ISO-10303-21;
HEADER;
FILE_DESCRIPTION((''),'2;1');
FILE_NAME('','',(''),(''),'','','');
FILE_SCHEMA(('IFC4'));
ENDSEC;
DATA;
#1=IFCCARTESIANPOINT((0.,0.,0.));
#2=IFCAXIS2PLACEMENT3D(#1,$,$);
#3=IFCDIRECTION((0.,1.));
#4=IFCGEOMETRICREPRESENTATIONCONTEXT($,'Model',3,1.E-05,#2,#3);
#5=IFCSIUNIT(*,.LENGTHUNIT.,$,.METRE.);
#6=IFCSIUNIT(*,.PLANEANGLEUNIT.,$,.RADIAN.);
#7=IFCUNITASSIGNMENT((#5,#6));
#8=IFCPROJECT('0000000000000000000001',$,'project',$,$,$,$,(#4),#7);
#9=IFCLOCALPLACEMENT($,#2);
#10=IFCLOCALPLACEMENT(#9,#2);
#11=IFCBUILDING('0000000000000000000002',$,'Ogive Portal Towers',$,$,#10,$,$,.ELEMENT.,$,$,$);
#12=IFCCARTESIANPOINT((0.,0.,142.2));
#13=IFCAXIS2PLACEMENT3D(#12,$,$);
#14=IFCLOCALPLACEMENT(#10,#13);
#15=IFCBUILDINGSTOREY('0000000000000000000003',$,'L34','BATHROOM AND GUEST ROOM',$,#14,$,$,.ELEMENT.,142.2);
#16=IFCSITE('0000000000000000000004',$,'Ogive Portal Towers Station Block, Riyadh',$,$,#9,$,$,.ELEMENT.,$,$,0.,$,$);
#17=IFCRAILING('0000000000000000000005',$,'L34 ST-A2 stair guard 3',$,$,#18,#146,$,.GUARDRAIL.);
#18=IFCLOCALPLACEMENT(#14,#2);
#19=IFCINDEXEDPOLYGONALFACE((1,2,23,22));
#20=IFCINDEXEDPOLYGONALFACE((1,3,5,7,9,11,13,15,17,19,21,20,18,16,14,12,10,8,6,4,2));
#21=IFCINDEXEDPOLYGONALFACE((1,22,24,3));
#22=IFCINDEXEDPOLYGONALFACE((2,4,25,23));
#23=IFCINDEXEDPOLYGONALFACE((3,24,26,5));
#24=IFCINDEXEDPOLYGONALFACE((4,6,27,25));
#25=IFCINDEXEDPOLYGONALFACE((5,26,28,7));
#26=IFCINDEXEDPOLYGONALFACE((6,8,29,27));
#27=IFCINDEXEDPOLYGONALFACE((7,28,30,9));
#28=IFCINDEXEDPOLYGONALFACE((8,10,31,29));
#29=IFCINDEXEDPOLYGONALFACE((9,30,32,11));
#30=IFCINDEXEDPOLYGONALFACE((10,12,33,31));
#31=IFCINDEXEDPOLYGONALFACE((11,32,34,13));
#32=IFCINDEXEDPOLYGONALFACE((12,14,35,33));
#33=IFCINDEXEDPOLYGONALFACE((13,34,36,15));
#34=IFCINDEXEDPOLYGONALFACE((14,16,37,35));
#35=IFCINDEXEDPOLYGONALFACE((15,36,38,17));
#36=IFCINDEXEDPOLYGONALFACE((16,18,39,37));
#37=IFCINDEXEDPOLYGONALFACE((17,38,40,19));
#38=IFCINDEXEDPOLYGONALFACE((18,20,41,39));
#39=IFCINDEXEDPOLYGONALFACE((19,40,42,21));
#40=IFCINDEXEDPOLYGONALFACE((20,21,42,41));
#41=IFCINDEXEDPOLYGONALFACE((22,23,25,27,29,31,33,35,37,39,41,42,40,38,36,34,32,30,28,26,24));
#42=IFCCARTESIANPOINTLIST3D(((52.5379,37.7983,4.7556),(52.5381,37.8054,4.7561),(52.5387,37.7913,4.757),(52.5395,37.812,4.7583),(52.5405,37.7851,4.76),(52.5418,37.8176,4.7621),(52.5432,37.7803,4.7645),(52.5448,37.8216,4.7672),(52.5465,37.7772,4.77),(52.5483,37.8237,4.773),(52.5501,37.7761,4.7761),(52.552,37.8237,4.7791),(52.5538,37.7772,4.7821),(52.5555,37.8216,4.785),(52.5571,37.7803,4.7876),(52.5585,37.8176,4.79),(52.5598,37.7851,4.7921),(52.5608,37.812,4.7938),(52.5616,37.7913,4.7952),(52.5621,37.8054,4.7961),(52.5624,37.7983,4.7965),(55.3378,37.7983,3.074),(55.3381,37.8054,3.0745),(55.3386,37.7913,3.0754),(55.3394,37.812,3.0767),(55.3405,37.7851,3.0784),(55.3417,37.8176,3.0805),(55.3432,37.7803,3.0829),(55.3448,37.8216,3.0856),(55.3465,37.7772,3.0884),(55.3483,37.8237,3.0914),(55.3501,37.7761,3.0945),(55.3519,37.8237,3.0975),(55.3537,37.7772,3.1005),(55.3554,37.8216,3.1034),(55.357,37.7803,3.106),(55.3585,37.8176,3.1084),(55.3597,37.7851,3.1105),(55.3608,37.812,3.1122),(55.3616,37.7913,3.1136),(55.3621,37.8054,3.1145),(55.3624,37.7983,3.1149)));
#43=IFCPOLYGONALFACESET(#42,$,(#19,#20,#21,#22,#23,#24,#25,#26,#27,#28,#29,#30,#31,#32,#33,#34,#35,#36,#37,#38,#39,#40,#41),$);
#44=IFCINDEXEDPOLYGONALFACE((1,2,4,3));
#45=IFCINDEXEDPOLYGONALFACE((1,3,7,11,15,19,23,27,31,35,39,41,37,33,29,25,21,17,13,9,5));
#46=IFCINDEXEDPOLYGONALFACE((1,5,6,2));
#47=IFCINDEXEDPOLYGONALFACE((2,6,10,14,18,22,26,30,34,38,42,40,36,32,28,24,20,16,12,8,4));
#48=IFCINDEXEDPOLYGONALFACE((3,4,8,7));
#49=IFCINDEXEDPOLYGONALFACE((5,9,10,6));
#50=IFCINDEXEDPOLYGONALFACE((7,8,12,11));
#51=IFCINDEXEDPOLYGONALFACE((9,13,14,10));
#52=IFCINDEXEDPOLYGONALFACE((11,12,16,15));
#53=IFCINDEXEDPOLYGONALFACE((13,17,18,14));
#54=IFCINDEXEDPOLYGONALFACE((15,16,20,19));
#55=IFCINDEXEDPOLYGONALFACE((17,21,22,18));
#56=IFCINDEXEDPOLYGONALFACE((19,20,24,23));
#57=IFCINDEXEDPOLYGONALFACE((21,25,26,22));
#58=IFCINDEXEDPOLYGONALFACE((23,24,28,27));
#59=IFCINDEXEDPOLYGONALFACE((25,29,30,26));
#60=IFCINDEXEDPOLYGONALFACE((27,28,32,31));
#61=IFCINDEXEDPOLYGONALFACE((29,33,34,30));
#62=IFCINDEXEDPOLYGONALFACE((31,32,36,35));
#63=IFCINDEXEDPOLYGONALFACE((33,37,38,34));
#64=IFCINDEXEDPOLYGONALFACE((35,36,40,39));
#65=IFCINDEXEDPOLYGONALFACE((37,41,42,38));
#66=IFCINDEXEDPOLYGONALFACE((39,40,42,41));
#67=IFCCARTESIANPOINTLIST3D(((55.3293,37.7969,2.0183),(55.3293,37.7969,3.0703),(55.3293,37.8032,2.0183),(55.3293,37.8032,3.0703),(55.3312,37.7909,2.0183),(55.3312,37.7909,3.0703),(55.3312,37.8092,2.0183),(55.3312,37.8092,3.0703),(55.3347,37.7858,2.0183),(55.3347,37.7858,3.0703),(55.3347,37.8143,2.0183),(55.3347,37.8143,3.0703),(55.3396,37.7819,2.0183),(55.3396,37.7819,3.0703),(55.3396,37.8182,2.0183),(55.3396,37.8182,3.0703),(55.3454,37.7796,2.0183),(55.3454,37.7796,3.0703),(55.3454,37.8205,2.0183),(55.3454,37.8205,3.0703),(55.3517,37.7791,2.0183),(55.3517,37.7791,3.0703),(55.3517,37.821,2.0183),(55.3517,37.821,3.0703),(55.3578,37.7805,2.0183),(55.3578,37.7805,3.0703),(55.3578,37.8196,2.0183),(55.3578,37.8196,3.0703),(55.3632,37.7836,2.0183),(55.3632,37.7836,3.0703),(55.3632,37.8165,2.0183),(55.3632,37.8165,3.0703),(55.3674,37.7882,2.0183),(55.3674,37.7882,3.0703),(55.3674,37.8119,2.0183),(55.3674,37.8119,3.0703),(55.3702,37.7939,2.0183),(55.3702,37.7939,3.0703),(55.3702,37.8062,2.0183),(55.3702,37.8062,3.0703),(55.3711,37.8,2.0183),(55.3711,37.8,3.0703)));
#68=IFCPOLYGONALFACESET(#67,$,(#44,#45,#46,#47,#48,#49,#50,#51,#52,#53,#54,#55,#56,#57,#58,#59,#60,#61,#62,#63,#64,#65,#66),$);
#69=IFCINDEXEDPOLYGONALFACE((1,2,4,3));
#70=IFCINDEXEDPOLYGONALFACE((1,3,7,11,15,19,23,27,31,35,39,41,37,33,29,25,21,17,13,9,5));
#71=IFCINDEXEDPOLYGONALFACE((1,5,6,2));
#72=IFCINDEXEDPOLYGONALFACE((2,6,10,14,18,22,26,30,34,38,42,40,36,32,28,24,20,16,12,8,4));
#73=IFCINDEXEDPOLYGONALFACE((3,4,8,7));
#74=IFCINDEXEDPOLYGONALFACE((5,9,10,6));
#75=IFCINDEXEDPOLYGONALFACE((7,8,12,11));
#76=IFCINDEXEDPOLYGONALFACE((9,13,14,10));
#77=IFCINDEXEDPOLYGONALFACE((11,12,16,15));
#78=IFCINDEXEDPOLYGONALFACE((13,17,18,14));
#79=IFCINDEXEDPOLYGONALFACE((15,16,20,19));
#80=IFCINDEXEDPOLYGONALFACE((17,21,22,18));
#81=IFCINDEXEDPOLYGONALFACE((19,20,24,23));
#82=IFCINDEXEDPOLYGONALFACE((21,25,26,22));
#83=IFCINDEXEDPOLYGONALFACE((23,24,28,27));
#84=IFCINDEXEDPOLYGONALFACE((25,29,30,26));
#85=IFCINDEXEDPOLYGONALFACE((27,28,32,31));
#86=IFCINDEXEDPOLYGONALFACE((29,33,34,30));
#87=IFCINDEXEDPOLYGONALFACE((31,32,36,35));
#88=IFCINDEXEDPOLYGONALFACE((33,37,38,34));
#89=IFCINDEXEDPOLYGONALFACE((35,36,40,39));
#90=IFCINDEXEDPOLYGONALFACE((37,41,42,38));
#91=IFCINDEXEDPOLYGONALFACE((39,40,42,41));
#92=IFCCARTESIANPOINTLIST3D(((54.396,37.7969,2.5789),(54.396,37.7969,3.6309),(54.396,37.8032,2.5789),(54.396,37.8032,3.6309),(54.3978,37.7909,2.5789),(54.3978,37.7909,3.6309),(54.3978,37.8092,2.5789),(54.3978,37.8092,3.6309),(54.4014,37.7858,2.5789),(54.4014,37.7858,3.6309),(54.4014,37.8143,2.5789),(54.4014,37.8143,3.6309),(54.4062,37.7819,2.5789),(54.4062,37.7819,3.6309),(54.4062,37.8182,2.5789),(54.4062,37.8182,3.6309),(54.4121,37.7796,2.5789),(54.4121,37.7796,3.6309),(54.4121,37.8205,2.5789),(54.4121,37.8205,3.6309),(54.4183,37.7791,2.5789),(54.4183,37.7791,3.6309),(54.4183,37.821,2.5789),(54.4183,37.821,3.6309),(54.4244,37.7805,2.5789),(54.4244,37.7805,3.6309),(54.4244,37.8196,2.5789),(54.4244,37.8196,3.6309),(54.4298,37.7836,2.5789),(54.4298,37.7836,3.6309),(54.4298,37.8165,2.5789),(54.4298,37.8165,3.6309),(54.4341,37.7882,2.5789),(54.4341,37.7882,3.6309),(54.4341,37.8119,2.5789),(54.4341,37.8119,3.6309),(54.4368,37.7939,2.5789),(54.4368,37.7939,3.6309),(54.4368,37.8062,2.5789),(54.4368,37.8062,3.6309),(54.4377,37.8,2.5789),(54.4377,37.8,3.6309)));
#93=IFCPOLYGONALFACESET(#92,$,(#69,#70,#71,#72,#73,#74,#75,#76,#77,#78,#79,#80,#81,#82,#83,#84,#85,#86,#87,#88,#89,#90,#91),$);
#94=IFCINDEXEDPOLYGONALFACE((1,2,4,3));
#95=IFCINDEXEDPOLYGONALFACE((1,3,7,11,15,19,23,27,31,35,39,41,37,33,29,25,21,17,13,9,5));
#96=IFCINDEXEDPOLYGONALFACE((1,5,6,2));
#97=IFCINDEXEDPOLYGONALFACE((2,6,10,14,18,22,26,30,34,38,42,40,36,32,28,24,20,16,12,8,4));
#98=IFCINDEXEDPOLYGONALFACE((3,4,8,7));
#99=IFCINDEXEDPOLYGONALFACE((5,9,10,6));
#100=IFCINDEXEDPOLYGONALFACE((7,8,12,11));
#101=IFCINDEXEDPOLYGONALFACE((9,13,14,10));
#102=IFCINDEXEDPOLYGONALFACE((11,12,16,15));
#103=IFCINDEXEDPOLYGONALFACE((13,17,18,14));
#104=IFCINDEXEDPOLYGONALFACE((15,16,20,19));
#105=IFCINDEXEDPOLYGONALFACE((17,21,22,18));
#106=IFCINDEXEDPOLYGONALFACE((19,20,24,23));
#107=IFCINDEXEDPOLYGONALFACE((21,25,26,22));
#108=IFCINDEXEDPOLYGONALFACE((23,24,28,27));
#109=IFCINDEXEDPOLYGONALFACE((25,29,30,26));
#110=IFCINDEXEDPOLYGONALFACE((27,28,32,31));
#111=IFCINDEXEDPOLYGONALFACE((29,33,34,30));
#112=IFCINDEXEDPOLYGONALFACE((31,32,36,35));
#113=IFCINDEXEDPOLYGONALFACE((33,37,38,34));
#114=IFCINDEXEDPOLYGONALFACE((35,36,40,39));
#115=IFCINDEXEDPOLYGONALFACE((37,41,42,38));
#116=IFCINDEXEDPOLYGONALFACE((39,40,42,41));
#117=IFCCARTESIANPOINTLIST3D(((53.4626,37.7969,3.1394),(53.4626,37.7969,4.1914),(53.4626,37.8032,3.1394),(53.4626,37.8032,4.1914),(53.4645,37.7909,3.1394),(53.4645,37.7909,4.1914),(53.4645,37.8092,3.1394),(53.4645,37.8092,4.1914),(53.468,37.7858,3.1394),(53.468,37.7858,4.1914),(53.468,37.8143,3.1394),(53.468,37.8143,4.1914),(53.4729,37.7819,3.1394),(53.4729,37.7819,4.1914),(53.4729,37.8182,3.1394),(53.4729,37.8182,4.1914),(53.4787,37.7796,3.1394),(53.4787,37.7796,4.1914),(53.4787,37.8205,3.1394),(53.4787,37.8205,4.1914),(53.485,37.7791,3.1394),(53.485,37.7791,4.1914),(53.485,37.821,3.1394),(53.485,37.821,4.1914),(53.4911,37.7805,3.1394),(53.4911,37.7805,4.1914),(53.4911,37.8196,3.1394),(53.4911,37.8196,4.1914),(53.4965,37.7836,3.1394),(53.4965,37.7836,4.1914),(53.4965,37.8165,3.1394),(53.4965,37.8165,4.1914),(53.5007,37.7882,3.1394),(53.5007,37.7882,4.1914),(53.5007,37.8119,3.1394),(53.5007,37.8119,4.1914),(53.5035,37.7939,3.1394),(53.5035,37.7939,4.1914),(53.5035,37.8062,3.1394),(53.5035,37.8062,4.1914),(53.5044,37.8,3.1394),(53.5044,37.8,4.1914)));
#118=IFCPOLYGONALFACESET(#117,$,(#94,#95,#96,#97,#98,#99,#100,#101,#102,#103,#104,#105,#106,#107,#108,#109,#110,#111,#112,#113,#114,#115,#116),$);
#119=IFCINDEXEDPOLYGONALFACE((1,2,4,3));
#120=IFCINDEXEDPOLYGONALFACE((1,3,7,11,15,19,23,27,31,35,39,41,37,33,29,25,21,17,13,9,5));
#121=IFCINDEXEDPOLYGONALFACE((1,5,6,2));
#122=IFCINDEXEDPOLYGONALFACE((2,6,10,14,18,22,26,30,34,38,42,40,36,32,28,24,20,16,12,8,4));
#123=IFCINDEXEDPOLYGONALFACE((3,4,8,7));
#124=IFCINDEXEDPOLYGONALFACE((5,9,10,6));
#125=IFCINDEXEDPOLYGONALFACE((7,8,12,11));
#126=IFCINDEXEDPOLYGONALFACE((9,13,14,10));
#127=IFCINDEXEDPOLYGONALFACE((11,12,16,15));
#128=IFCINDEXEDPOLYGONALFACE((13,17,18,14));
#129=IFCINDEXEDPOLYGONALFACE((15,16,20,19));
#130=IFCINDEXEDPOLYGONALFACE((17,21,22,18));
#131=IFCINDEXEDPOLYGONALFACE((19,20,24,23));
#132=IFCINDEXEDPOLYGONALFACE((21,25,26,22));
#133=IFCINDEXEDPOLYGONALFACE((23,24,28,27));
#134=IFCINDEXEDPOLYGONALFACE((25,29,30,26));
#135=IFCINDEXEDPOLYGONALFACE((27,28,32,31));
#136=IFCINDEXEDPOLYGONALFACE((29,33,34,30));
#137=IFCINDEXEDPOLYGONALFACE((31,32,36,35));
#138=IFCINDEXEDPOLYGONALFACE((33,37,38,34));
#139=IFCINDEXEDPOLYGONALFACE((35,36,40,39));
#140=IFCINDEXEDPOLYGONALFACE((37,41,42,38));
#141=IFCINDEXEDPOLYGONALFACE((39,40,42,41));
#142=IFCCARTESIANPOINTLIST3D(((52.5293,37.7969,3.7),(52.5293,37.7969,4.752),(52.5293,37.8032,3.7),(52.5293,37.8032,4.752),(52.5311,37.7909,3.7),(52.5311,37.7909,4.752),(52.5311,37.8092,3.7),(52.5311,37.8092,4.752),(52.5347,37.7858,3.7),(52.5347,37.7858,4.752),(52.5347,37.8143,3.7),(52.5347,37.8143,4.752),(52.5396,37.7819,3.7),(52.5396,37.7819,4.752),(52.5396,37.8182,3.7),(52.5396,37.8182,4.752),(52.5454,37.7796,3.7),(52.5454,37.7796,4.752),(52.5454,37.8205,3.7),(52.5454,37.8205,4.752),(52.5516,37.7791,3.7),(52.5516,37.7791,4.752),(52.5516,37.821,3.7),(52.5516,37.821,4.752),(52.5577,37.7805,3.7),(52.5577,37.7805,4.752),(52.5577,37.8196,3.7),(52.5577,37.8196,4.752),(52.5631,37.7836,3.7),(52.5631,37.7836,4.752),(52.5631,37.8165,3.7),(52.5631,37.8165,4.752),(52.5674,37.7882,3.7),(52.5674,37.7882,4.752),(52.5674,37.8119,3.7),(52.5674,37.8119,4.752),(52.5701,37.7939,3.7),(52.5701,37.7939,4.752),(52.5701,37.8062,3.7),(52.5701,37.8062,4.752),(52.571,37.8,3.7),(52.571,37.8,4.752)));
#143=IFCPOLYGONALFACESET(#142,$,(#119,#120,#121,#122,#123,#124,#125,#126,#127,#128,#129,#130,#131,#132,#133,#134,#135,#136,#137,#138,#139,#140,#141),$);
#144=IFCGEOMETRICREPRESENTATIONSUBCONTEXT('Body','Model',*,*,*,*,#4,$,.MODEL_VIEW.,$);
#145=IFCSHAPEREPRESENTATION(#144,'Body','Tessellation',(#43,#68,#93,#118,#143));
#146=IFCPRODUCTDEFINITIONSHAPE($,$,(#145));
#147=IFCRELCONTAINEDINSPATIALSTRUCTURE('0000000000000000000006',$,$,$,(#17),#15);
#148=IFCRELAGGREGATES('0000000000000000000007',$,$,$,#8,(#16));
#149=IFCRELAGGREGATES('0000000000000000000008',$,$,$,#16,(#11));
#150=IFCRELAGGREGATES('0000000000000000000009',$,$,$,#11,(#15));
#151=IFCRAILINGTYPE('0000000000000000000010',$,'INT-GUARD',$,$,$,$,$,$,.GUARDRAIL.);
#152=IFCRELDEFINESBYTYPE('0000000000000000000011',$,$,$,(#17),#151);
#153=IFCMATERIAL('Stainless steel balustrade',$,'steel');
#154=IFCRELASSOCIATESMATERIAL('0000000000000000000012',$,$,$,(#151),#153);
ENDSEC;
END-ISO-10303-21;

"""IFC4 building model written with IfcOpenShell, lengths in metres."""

from ifc_helpers import new_model, si_unit, direction, frame, origin, origin_2d, place, context, subcontext, project, spatial, circle, extrude, material, type_object, element, save


model = new_model("IFC4")

# Units and contexts
model_context = context("Model", 3, precision=1e-05, world=origin(), true_north=direction((0.0, 1.0)))
body_context = subcontext(model_context, "Body", "Model", "MODEL_VIEW")
ifc_project = project(units=[si_unit("LENGTHUNIT", "METRE"), si_unit("PLANEANGLEUNIT", "RADIAN")], contexts=[model_context])

# Site, building, storey
site_placement = place(None, origin())
site = spatial("IfcSite", under=ifc_project, at=site_placement, Name="Ogive Portal Towers Station Block, Riyadh", CompositionType="ELEMENT", RefElevation=0.0)
building_placement = place(site_placement, origin())
building = spatial("IfcBuilding", under=site, at=building_placement, Name="Ogive Portal Towers", CompositionType="ELEMENT")
storey_placement = place(building_placement, frame((0.0, 0.0, 142.2)))
storey = spatial("IfcBuildingStorey", under=building, at=storey_placement, Name="L34", Description="BATHROOM AND GUEST ROOM", CompositionType="ELEMENT", Elevation=142.2)

# Railing
ifc_material_1 = material(Name="Stainless steel balustrade", Category="steel")
railing_type_1 = type_object("IfcRailingType", Name="INT-GUARD", PredefinedType="GUARDRAIL", material=ifc_material_1)
railing_1_placement = place(storey_placement, frame((55.3501, 37.8, 2.0183)))
element("IfcRailing", 1, at=railing_1_placement, inside=storey, type_object=railing_type_1, Name="L34 ST-A2 stair guard 3", PredefinedType="GUARDRAIL", context=body_context, shape_type="SweptSolid", body=[
    extrude(circle(Radius=0.0239, at=origin_2d()), frame((0.0, 0.0, 1.0762), z_axis=(-0.857275, 0.0, 0.514858), x_axis=(0.0, -1.0, 0.0)), (0.0, 0.0, 1.0), 3.2661),
    extrude(circle(Radius=0.021, at=origin_2d()), origin(), (0.0, 0.0, 1.0), 1.052),
    extrude(circle(Radius=0.021, at=origin_2d()), frame((-0.9333, 0.0, 0.5605)), (0.0, 0.0, 1.0), 1.052),
    extrude(circle(Radius=0.021, at=origin_2d()), frame((-1.8667, 0.0, 1.1211)), (0.0, 0.0, 1.0), 1.052),
    extrude(circle(Radius=0.021, at=origin_2d()), frame((-2.8, 0.0, 1.6816)), (0.0, 0.0, 1.0), 1.052),
])

save(model, "model.ifc")
